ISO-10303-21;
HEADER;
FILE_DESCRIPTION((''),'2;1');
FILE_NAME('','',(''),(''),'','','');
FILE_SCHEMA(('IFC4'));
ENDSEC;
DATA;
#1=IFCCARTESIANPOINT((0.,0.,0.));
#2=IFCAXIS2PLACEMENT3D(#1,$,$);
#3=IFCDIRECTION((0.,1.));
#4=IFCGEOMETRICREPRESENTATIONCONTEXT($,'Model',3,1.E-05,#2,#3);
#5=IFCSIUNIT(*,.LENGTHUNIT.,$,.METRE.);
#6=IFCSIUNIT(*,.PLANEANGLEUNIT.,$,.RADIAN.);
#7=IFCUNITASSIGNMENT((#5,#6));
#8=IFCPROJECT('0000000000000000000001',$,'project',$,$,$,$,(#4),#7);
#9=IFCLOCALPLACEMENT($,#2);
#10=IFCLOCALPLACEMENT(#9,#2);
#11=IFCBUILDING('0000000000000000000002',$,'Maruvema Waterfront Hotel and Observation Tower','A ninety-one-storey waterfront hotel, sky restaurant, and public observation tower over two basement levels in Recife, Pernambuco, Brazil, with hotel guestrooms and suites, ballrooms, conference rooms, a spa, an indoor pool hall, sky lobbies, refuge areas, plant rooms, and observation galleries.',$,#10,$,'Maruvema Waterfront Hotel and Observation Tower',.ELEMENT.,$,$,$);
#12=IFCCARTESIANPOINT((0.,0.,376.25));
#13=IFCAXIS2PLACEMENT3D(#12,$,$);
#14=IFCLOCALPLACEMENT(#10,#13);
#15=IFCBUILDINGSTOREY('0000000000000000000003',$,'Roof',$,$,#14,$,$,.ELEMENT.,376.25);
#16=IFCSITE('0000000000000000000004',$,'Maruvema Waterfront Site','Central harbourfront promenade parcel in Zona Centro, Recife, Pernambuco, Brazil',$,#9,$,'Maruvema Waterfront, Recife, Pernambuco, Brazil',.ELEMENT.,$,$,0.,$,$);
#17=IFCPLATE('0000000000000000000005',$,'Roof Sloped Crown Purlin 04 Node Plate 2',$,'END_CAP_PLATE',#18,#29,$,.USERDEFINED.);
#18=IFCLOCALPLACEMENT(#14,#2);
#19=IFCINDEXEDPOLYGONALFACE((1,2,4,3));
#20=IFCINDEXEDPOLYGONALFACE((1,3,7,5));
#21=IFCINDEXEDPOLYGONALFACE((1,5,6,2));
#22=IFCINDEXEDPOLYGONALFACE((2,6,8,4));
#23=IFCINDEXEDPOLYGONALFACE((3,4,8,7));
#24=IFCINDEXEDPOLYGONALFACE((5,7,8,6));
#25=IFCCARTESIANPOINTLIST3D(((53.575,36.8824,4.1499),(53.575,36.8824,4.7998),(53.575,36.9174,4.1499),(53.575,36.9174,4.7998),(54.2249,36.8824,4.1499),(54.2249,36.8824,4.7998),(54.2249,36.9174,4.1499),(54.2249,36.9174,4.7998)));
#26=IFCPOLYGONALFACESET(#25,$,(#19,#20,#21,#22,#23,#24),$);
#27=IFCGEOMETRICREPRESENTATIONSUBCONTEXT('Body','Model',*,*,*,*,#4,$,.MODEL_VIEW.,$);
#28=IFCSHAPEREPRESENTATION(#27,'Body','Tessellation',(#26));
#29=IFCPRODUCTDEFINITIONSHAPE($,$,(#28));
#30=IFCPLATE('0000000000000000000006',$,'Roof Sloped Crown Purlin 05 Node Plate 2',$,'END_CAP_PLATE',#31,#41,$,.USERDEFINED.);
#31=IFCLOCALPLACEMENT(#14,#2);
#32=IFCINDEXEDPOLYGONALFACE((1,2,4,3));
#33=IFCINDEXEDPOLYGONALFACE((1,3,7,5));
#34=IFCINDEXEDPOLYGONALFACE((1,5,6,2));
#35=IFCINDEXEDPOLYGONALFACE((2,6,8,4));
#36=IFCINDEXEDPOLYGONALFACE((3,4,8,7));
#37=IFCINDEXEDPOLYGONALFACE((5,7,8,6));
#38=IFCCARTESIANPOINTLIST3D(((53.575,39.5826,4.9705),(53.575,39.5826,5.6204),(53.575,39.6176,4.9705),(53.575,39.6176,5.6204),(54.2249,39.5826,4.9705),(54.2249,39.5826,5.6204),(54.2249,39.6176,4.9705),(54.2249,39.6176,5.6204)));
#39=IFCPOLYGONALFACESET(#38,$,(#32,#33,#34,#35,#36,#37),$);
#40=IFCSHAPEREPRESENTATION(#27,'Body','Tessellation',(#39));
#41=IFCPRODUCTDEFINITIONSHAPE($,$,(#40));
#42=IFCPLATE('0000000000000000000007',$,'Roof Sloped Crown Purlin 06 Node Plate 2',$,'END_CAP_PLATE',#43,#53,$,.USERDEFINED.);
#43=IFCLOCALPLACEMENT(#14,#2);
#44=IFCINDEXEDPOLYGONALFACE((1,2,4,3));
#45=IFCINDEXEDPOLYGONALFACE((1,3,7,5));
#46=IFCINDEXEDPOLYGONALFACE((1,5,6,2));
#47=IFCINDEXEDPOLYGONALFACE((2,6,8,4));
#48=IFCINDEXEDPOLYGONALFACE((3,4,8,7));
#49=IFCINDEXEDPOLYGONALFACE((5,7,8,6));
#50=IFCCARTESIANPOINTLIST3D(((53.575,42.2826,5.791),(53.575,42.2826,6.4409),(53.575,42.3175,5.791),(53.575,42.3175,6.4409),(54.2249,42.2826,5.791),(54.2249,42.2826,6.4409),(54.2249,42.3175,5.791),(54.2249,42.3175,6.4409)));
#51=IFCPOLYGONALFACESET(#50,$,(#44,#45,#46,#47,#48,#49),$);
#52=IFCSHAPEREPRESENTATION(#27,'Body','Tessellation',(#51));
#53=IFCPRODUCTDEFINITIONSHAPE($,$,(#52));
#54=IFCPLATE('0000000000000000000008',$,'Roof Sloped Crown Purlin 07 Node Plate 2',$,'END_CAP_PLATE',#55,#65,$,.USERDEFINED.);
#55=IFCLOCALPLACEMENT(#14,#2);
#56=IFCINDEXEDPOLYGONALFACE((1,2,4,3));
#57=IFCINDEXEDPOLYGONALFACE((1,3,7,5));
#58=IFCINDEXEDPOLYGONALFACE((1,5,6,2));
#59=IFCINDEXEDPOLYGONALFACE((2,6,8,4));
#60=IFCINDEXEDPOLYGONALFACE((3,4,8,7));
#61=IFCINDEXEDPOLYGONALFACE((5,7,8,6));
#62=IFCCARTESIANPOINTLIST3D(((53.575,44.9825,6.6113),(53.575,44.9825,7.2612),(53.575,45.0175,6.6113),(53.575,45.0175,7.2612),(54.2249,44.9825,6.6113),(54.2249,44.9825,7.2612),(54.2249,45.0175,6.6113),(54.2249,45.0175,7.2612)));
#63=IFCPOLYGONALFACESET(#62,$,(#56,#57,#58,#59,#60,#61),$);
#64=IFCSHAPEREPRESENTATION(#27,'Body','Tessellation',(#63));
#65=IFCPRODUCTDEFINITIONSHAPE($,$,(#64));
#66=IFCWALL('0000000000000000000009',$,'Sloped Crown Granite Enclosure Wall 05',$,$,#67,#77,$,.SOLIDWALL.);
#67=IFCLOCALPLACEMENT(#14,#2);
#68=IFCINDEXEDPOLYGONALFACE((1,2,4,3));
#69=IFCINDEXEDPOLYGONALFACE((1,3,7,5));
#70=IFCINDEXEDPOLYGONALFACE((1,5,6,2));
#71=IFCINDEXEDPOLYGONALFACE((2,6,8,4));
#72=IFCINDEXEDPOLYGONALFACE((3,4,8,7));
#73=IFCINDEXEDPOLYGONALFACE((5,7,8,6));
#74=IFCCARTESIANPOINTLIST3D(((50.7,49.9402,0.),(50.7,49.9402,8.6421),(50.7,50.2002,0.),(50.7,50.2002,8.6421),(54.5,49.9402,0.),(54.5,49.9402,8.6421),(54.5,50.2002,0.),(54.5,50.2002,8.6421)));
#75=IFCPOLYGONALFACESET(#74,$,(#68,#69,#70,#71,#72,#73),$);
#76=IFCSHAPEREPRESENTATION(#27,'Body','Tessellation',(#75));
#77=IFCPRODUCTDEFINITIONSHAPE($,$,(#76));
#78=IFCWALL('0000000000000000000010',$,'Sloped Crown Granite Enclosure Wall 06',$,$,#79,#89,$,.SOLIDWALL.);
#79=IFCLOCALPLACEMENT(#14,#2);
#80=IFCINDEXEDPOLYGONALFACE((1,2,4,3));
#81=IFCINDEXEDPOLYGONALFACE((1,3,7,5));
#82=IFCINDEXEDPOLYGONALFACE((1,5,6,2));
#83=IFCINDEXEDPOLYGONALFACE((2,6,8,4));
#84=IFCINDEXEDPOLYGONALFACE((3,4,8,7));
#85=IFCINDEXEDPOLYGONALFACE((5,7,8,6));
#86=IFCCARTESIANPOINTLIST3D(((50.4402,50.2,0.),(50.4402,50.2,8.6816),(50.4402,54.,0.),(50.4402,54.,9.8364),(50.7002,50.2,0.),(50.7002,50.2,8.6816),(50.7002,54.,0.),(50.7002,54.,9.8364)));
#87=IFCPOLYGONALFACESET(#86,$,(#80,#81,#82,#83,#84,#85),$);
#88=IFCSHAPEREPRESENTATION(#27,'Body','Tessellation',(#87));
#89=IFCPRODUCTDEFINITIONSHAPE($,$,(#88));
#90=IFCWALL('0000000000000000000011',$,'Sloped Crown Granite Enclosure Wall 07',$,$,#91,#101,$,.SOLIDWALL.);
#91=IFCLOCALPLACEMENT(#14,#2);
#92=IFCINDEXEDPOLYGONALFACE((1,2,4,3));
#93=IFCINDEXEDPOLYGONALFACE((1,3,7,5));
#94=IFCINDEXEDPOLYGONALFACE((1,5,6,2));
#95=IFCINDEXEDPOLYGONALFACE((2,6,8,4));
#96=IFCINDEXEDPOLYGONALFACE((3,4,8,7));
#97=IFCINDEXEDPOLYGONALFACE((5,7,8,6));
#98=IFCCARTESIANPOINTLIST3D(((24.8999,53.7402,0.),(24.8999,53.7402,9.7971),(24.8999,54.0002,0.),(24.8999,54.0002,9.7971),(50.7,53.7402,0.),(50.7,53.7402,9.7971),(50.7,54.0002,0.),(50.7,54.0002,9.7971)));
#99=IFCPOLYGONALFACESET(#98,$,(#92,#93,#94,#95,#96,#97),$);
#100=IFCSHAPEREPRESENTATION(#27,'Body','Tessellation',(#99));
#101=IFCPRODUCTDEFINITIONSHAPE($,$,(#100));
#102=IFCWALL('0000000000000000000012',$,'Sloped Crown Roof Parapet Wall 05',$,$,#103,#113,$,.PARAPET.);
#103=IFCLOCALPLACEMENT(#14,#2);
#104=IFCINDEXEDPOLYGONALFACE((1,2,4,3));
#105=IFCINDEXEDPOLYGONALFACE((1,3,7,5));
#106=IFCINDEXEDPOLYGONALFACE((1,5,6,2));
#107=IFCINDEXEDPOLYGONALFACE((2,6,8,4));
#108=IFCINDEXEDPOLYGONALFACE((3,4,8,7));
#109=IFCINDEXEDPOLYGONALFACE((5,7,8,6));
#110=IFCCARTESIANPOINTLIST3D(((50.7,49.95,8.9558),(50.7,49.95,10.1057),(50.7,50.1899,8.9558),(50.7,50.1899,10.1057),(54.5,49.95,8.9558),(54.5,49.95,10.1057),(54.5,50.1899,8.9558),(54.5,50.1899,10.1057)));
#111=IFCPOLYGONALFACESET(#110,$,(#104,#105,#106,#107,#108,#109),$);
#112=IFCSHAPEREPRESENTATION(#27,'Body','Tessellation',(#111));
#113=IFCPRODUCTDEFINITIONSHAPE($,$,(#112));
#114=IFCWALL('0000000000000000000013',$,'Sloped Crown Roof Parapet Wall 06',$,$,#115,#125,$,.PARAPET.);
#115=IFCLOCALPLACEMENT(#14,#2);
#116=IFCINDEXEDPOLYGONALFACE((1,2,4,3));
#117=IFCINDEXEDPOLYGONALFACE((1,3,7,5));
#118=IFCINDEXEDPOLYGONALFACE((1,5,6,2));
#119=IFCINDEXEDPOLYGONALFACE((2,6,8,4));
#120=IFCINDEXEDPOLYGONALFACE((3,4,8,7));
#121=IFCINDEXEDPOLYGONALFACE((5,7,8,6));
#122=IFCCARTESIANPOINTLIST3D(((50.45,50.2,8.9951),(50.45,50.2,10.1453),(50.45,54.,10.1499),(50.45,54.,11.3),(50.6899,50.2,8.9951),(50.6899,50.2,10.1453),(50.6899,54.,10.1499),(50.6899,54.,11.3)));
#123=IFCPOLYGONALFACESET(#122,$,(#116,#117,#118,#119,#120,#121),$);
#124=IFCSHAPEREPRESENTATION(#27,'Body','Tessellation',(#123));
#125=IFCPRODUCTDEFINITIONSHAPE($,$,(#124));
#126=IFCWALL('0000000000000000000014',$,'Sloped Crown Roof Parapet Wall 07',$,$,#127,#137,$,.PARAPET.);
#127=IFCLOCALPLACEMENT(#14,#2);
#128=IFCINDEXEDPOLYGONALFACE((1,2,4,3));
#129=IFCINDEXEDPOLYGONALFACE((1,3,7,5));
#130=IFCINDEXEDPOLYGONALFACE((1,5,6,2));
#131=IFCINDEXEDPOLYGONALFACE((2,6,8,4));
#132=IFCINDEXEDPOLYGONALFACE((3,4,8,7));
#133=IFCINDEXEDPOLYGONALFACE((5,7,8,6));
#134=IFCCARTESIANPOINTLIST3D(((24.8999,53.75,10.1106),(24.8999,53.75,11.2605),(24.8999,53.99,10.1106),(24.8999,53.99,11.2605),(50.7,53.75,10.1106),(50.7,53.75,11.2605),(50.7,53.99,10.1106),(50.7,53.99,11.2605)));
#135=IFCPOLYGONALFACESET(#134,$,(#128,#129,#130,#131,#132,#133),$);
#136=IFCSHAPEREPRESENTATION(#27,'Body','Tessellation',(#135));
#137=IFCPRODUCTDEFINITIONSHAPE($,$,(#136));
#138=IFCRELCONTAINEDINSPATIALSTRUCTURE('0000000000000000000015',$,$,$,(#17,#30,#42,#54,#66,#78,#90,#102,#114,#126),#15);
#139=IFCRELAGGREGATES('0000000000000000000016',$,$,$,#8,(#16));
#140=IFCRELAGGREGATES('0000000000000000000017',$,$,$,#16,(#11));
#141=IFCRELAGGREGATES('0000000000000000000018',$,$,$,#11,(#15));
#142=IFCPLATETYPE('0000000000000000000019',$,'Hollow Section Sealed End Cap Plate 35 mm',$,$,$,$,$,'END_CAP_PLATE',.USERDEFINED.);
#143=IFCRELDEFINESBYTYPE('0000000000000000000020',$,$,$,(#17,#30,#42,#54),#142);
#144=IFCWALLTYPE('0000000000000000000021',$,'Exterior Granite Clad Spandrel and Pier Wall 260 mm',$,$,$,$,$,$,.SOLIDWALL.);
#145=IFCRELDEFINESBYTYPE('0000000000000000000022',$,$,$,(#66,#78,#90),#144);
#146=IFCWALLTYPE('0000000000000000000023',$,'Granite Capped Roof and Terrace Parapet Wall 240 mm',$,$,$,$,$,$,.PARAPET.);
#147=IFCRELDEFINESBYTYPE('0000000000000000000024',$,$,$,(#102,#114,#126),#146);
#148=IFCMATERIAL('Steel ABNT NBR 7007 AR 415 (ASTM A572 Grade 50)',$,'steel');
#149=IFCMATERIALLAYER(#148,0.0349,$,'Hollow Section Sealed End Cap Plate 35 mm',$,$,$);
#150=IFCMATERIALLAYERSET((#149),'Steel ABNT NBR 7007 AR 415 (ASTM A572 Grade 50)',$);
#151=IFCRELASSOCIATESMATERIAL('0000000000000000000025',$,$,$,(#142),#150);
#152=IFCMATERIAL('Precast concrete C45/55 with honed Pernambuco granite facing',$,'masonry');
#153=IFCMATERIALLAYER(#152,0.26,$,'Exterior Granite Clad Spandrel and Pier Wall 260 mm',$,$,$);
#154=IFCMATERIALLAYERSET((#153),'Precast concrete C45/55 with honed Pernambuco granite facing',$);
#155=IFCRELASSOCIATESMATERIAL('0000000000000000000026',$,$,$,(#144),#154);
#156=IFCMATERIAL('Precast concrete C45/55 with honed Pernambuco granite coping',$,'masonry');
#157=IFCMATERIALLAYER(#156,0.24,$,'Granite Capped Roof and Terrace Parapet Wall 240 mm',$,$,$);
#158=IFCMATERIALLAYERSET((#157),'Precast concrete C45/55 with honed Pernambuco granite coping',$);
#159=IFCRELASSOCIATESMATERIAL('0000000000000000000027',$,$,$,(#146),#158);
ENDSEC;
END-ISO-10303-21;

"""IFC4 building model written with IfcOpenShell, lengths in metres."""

from ifc_helpers import new_model, si_unit, direction, frame, origin, origin_2d, place, context, subcontext, project, spatial, polyline, rectangle, outline, extrude, material, layer, layer_set, type_object, element, save


model = new_model("IFC4")

# Units and contexts
model_context = context("Model", 3, precision=1e-05, world=origin(), true_north=direction((0.0, 1.0)))
body_context = subcontext(model_context, "Body", "Model", "MODEL_VIEW")
ifc_project = project(units=[si_unit("LENGTHUNIT", "METRE"), si_unit("PLANEANGLEUNIT", "RADIAN")], contexts=[model_context])

# Site, building, storey
site_placement = place(None, origin())
site = spatial("IfcSite", under=ifc_project, at=site_placement, Name="Maruvema Waterfront Site", Description="Central harbourfront promenade parcel in Zona Centro, Recife, Pernambuco, Brazil", LongName="Maruvema Waterfront, Recife, Pernambuco, Brazil", CompositionType="ELEMENT", RefElevation=0.0)
building_placement = place(site_placement, origin())
building = spatial("IfcBuilding", under=site, at=building_placement, Name="Maruvema Waterfront Hotel and Observation Tower", Description="A ninety-one-storey waterfront hotel, sky restaurant, and public observation tower over two basement levels in Recife, Pernambuco, Brazil, with hotel guestrooms and suites, ballrooms, conference rooms, a spa, an indoor pool hall, sky lobbies, refuge areas, plant rooms, and observation galleries.", LongName="Maruvema Waterfront Hotel and Observation Tower", CompositionType="ELEMENT")
storey_placement = place(building_placement, frame((0.0, 0.0, 376.25)))
storey = spatial("IfcBuildingStorey", under=building, at=storey_placement, Name="Roof", CompositionType="ELEMENT", Elevation=376.25)

# Plates
ifc_material_1 = material(Name="Steel ABNT NBR 7007 AR 415 (ASTM A572 Grade 50)", Category="steel")
ifc_layer_1 = layer(ifc_material_1, 0.0349, Name="Hollow Section Sealed End Cap Plate 35 mm")
ifc_layer_set_1 = layer_set([ifc_layer_1], Name="Steel ABNT NBR 7007 AR 415 (ASTM A572 Grade 50)")
plate_type = type_object("IfcPlateType", Name="Hollow Section Sealed End Cap Plate 35 mm", ElementType="END_CAP_PLATE", PredefinedType="USERDEFINED", material=ifc_layer_set_1)
for number, where, z_axis, x_axis, name in (
    (1, (53.8999, 36.8999, 4.1499), (0.0, 0.0, 1.0), (1.0, 0.0, 0.0), "Roof Sloped Crown Purlin 04 Node Plate 2"),
    (2, (53.8999, 39.6001, 4.9705), (0.0, 0.0, 1.0), (1.0, 0.0, 0.0), "Roof Sloped Crown Purlin 05 Node Plate 2"),
    (3, (53.8999, 42.3, 5.791), (0.0, 0.0, 1.0), (1.0, 0.0, 0.0), "Roof Sloped Crown Purlin 06 Node Plate 2"),
    (4, (53.8999, 45.0, 6.6113), (0.0, 0.0, 1.0), (1.0, 0.0, 0.0), "Roof Sloped Crown Purlin 07 Node Plate 2"),
):
    element("IfcPlate", number, at=place(storey_placement, frame(where, z_axis=z_axis, x_axis=x_axis)), inside=storey, type_object=plate_type, Name=name, ObjectType="END_CAP_PLATE", PredefinedType="USERDEFINED", context=body_context, shape_type="SweptSolid", body=[
        extrude(rectangle(XDim=0.6499, YDim=0.0349, at=origin_2d()), origin(), (0.0, 0.0, 1.0), 0.6499),
    ])

# Walls
ifc_material_2 = material(Name="Precast concrete C45/55 with honed Pernambuco granite facing", Category="masonry")
ifc_layer_2 = layer(ifc_material_2, 0.26, Name="Exterior Granite Clad Spandrel and Pier Wall 260 mm")
ifc_layer_set_2 = layer_set([ifc_layer_2], Name="Precast concrete C45/55 with honed Pernambuco granite facing")
wall_type_1 = type_object("IfcWallType", Name="Exterior Granite Clad Spandrel and Pier Wall 260 mm", PredefinedType="SOLIDWALL", material=ifc_layer_set_2)
wall_1_placement = place(storey_placement, frame((54.5, 50.0701, 0.0), z_axis=(0.0, 0.0, 1.0), x_axis=(-1.0, 0.0, 0.0)))
element("IfcWall", 5, at=wall_1_placement, inside=storey, type_object=wall_type_1, Name="Sloped Crown Granite Enclosure Wall 05", PredefinedType="SOLIDWALL", context=body_context, shape_type="SweptSolid", body=[
    extrude(outline(polyline([(0.0, 0.0), (3.8, 0.0), (3.8, 8.6421), (0.0, 8.6421), (0.0, 0.0)])), frame((0.0, 0.1299, 0.0), z_axis=(0.0, -1.0, 0.0), x_axis=(1.0, 0.0, 0.0)), (0.0, 0.0, 1.0), 0.26),
])
wall_2_placement = place(storey_placement, frame((50.5701, 50.2, 0.0), z_axis=(0.0, 0.0, 1.0), x_axis=(0.0, 1.0, 0.0)))
element("IfcWall", 6, at=wall_2_placement, inside=storey, type_object=wall_type_1, Name="Sloped Crown Granite Enclosure Wall 06", PredefinedType="SOLIDWALL", context=body_context, shape_type="SweptSolid", body=[
    extrude(outline(polyline([(0.0, 0.0), (3.8, 0.0), (3.8, 9.8364), (0.0, 8.6816), (0.0, 0.0)])), frame((0.0, 0.1299, 0.0), z_axis=(0.0, -1.0, 0.0), x_axis=(1.0, 0.0, 0.0)), (0.0, 0.0, 1.0), 0.26),
])
wall_3_placement = place(storey_placement, frame((50.7, 53.8701, 0.0), z_axis=(0.0, 0.0, 1.0), x_axis=(-1.0, 0.0, 0.0)))
element("IfcWall", 7, at=wall_3_placement, inside=storey, type_object=wall_type_1, Name="Sloped Crown Granite Enclosure Wall 07", PredefinedType="SOLIDWALL", context=body_context, shape_type="SweptSolid", body=[
    extrude(outline(polyline([(0.0, 0.0), (25.8, 0.0), (25.8, 9.7971), (0.0, 9.7971), (0.0, 0.0)])), frame((0.0, 0.1299, 0.0), z_axis=(0.0, -1.0, 0.0), x_axis=(1.0, 0.0, 0.0)), (0.0, 0.0, 1.0), 0.26),
])
ifc_material_3 = material(Name="Precast concrete C45/55 with honed Pernambuco granite coping", Category="masonry")
ifc_layer_3 = layer(ifc_material_3, 0.24, Name="Granite Capped Roof and Terrace Parapet Wall 240 mm")
ifc_layer_set_3 = layer_set([ifc_layer_3], Name="Precast concrete C45/55 with honed Pernambuco granite coping")
wall_type_2 = type_object("IfcWallType", Name="Granite Capped Roof and Terrace Parapet Wall 240 mm", PredefinedType="PARAPET", material=ifc_layer_set_3)
wall_4_placement = place(storey_placement, frame((54.5, 50.0701, 8.9558), z_axis=(0.0, 0.0, 1.0), x_axis=(-1.0, 0.0, 0.0)))
element("IfcWall", 8, at=wall_4_placement, inside=storey, type_object=wall_type_2, Name="Sloped Crown Roof Parapet Wall 05", PredefinedType="PARAPET", context=body_context, shape_type="SweptSolid", body=[
    extrude(outline(polyline([(0.0, 0.0), (3.8, 0.0), (3.8, 1.1499), (0.0, 1.1499), (0.0, 0.0)])), frame((0.0, 0.1201, 0.0), z_axis=(0.0, -1.0, 0.0), x_axis=(1.0, 0.0, 0.0)), (0.0, 0.0, 1.0), 0.24),
])
wall_5_placement = place(storey_placement, frame((50.5701, 50.2, 8.9951), z_axis=(0.0, 0.0, 1.0), x_axis=(0.0, 1.0, 0.0)))
element("IfcWall", 9, at=wall_5_placement, inside=storey, type_object=wall_type_2, Name="Sloped Crown Roof Parapet Wall 06", PredefinedType="PARAPET", context=body_context, shape_type="SweptSolid", body=[
    extrude(outline(polyline([(0.0, 0.0), (3.8, 1.1548), (3.8, 2.3049), (0.0, 1.1501), (0.0, 0.0)])), frame((0.0, 0.1201, 0.0), z_axis=(0.0, -1.0, 0.0), x_axis=(1.0, 0.0, 0.0)), (0.0, 0.0, 1.0), 0.24),
])
wall_6_placement = place(storey_placement, frame((50.7, 53.8701, 10.1106), z_axis=(0.0, 0.0, 1.0), x_axis=(-1.0, 0.0, 0.0)))
element("IfcWall", 10, at=wall_6_placement, inside=storey, type_object=wall_type_2, Name="Sloped Crown Roof Parapet Wall 07", PredefinedType="PARAPET", context=body_context, shape_type="SweptSolid", body=[
    extrude(outline(polyline([(0.0, 0.0), (25.8, 0.0), (25.8, 1.1499), (0.0, 1.1499), (0.0, 0.0)])), frame((0.0, 0.1201, 0.0), z_axis=(0.0, -1.0, 0.0), x_axis=(1.0, 0.0, 0.0)), (0.0, 0.0, 1.0), 0.24),
])

save(model, "model.ifc")
